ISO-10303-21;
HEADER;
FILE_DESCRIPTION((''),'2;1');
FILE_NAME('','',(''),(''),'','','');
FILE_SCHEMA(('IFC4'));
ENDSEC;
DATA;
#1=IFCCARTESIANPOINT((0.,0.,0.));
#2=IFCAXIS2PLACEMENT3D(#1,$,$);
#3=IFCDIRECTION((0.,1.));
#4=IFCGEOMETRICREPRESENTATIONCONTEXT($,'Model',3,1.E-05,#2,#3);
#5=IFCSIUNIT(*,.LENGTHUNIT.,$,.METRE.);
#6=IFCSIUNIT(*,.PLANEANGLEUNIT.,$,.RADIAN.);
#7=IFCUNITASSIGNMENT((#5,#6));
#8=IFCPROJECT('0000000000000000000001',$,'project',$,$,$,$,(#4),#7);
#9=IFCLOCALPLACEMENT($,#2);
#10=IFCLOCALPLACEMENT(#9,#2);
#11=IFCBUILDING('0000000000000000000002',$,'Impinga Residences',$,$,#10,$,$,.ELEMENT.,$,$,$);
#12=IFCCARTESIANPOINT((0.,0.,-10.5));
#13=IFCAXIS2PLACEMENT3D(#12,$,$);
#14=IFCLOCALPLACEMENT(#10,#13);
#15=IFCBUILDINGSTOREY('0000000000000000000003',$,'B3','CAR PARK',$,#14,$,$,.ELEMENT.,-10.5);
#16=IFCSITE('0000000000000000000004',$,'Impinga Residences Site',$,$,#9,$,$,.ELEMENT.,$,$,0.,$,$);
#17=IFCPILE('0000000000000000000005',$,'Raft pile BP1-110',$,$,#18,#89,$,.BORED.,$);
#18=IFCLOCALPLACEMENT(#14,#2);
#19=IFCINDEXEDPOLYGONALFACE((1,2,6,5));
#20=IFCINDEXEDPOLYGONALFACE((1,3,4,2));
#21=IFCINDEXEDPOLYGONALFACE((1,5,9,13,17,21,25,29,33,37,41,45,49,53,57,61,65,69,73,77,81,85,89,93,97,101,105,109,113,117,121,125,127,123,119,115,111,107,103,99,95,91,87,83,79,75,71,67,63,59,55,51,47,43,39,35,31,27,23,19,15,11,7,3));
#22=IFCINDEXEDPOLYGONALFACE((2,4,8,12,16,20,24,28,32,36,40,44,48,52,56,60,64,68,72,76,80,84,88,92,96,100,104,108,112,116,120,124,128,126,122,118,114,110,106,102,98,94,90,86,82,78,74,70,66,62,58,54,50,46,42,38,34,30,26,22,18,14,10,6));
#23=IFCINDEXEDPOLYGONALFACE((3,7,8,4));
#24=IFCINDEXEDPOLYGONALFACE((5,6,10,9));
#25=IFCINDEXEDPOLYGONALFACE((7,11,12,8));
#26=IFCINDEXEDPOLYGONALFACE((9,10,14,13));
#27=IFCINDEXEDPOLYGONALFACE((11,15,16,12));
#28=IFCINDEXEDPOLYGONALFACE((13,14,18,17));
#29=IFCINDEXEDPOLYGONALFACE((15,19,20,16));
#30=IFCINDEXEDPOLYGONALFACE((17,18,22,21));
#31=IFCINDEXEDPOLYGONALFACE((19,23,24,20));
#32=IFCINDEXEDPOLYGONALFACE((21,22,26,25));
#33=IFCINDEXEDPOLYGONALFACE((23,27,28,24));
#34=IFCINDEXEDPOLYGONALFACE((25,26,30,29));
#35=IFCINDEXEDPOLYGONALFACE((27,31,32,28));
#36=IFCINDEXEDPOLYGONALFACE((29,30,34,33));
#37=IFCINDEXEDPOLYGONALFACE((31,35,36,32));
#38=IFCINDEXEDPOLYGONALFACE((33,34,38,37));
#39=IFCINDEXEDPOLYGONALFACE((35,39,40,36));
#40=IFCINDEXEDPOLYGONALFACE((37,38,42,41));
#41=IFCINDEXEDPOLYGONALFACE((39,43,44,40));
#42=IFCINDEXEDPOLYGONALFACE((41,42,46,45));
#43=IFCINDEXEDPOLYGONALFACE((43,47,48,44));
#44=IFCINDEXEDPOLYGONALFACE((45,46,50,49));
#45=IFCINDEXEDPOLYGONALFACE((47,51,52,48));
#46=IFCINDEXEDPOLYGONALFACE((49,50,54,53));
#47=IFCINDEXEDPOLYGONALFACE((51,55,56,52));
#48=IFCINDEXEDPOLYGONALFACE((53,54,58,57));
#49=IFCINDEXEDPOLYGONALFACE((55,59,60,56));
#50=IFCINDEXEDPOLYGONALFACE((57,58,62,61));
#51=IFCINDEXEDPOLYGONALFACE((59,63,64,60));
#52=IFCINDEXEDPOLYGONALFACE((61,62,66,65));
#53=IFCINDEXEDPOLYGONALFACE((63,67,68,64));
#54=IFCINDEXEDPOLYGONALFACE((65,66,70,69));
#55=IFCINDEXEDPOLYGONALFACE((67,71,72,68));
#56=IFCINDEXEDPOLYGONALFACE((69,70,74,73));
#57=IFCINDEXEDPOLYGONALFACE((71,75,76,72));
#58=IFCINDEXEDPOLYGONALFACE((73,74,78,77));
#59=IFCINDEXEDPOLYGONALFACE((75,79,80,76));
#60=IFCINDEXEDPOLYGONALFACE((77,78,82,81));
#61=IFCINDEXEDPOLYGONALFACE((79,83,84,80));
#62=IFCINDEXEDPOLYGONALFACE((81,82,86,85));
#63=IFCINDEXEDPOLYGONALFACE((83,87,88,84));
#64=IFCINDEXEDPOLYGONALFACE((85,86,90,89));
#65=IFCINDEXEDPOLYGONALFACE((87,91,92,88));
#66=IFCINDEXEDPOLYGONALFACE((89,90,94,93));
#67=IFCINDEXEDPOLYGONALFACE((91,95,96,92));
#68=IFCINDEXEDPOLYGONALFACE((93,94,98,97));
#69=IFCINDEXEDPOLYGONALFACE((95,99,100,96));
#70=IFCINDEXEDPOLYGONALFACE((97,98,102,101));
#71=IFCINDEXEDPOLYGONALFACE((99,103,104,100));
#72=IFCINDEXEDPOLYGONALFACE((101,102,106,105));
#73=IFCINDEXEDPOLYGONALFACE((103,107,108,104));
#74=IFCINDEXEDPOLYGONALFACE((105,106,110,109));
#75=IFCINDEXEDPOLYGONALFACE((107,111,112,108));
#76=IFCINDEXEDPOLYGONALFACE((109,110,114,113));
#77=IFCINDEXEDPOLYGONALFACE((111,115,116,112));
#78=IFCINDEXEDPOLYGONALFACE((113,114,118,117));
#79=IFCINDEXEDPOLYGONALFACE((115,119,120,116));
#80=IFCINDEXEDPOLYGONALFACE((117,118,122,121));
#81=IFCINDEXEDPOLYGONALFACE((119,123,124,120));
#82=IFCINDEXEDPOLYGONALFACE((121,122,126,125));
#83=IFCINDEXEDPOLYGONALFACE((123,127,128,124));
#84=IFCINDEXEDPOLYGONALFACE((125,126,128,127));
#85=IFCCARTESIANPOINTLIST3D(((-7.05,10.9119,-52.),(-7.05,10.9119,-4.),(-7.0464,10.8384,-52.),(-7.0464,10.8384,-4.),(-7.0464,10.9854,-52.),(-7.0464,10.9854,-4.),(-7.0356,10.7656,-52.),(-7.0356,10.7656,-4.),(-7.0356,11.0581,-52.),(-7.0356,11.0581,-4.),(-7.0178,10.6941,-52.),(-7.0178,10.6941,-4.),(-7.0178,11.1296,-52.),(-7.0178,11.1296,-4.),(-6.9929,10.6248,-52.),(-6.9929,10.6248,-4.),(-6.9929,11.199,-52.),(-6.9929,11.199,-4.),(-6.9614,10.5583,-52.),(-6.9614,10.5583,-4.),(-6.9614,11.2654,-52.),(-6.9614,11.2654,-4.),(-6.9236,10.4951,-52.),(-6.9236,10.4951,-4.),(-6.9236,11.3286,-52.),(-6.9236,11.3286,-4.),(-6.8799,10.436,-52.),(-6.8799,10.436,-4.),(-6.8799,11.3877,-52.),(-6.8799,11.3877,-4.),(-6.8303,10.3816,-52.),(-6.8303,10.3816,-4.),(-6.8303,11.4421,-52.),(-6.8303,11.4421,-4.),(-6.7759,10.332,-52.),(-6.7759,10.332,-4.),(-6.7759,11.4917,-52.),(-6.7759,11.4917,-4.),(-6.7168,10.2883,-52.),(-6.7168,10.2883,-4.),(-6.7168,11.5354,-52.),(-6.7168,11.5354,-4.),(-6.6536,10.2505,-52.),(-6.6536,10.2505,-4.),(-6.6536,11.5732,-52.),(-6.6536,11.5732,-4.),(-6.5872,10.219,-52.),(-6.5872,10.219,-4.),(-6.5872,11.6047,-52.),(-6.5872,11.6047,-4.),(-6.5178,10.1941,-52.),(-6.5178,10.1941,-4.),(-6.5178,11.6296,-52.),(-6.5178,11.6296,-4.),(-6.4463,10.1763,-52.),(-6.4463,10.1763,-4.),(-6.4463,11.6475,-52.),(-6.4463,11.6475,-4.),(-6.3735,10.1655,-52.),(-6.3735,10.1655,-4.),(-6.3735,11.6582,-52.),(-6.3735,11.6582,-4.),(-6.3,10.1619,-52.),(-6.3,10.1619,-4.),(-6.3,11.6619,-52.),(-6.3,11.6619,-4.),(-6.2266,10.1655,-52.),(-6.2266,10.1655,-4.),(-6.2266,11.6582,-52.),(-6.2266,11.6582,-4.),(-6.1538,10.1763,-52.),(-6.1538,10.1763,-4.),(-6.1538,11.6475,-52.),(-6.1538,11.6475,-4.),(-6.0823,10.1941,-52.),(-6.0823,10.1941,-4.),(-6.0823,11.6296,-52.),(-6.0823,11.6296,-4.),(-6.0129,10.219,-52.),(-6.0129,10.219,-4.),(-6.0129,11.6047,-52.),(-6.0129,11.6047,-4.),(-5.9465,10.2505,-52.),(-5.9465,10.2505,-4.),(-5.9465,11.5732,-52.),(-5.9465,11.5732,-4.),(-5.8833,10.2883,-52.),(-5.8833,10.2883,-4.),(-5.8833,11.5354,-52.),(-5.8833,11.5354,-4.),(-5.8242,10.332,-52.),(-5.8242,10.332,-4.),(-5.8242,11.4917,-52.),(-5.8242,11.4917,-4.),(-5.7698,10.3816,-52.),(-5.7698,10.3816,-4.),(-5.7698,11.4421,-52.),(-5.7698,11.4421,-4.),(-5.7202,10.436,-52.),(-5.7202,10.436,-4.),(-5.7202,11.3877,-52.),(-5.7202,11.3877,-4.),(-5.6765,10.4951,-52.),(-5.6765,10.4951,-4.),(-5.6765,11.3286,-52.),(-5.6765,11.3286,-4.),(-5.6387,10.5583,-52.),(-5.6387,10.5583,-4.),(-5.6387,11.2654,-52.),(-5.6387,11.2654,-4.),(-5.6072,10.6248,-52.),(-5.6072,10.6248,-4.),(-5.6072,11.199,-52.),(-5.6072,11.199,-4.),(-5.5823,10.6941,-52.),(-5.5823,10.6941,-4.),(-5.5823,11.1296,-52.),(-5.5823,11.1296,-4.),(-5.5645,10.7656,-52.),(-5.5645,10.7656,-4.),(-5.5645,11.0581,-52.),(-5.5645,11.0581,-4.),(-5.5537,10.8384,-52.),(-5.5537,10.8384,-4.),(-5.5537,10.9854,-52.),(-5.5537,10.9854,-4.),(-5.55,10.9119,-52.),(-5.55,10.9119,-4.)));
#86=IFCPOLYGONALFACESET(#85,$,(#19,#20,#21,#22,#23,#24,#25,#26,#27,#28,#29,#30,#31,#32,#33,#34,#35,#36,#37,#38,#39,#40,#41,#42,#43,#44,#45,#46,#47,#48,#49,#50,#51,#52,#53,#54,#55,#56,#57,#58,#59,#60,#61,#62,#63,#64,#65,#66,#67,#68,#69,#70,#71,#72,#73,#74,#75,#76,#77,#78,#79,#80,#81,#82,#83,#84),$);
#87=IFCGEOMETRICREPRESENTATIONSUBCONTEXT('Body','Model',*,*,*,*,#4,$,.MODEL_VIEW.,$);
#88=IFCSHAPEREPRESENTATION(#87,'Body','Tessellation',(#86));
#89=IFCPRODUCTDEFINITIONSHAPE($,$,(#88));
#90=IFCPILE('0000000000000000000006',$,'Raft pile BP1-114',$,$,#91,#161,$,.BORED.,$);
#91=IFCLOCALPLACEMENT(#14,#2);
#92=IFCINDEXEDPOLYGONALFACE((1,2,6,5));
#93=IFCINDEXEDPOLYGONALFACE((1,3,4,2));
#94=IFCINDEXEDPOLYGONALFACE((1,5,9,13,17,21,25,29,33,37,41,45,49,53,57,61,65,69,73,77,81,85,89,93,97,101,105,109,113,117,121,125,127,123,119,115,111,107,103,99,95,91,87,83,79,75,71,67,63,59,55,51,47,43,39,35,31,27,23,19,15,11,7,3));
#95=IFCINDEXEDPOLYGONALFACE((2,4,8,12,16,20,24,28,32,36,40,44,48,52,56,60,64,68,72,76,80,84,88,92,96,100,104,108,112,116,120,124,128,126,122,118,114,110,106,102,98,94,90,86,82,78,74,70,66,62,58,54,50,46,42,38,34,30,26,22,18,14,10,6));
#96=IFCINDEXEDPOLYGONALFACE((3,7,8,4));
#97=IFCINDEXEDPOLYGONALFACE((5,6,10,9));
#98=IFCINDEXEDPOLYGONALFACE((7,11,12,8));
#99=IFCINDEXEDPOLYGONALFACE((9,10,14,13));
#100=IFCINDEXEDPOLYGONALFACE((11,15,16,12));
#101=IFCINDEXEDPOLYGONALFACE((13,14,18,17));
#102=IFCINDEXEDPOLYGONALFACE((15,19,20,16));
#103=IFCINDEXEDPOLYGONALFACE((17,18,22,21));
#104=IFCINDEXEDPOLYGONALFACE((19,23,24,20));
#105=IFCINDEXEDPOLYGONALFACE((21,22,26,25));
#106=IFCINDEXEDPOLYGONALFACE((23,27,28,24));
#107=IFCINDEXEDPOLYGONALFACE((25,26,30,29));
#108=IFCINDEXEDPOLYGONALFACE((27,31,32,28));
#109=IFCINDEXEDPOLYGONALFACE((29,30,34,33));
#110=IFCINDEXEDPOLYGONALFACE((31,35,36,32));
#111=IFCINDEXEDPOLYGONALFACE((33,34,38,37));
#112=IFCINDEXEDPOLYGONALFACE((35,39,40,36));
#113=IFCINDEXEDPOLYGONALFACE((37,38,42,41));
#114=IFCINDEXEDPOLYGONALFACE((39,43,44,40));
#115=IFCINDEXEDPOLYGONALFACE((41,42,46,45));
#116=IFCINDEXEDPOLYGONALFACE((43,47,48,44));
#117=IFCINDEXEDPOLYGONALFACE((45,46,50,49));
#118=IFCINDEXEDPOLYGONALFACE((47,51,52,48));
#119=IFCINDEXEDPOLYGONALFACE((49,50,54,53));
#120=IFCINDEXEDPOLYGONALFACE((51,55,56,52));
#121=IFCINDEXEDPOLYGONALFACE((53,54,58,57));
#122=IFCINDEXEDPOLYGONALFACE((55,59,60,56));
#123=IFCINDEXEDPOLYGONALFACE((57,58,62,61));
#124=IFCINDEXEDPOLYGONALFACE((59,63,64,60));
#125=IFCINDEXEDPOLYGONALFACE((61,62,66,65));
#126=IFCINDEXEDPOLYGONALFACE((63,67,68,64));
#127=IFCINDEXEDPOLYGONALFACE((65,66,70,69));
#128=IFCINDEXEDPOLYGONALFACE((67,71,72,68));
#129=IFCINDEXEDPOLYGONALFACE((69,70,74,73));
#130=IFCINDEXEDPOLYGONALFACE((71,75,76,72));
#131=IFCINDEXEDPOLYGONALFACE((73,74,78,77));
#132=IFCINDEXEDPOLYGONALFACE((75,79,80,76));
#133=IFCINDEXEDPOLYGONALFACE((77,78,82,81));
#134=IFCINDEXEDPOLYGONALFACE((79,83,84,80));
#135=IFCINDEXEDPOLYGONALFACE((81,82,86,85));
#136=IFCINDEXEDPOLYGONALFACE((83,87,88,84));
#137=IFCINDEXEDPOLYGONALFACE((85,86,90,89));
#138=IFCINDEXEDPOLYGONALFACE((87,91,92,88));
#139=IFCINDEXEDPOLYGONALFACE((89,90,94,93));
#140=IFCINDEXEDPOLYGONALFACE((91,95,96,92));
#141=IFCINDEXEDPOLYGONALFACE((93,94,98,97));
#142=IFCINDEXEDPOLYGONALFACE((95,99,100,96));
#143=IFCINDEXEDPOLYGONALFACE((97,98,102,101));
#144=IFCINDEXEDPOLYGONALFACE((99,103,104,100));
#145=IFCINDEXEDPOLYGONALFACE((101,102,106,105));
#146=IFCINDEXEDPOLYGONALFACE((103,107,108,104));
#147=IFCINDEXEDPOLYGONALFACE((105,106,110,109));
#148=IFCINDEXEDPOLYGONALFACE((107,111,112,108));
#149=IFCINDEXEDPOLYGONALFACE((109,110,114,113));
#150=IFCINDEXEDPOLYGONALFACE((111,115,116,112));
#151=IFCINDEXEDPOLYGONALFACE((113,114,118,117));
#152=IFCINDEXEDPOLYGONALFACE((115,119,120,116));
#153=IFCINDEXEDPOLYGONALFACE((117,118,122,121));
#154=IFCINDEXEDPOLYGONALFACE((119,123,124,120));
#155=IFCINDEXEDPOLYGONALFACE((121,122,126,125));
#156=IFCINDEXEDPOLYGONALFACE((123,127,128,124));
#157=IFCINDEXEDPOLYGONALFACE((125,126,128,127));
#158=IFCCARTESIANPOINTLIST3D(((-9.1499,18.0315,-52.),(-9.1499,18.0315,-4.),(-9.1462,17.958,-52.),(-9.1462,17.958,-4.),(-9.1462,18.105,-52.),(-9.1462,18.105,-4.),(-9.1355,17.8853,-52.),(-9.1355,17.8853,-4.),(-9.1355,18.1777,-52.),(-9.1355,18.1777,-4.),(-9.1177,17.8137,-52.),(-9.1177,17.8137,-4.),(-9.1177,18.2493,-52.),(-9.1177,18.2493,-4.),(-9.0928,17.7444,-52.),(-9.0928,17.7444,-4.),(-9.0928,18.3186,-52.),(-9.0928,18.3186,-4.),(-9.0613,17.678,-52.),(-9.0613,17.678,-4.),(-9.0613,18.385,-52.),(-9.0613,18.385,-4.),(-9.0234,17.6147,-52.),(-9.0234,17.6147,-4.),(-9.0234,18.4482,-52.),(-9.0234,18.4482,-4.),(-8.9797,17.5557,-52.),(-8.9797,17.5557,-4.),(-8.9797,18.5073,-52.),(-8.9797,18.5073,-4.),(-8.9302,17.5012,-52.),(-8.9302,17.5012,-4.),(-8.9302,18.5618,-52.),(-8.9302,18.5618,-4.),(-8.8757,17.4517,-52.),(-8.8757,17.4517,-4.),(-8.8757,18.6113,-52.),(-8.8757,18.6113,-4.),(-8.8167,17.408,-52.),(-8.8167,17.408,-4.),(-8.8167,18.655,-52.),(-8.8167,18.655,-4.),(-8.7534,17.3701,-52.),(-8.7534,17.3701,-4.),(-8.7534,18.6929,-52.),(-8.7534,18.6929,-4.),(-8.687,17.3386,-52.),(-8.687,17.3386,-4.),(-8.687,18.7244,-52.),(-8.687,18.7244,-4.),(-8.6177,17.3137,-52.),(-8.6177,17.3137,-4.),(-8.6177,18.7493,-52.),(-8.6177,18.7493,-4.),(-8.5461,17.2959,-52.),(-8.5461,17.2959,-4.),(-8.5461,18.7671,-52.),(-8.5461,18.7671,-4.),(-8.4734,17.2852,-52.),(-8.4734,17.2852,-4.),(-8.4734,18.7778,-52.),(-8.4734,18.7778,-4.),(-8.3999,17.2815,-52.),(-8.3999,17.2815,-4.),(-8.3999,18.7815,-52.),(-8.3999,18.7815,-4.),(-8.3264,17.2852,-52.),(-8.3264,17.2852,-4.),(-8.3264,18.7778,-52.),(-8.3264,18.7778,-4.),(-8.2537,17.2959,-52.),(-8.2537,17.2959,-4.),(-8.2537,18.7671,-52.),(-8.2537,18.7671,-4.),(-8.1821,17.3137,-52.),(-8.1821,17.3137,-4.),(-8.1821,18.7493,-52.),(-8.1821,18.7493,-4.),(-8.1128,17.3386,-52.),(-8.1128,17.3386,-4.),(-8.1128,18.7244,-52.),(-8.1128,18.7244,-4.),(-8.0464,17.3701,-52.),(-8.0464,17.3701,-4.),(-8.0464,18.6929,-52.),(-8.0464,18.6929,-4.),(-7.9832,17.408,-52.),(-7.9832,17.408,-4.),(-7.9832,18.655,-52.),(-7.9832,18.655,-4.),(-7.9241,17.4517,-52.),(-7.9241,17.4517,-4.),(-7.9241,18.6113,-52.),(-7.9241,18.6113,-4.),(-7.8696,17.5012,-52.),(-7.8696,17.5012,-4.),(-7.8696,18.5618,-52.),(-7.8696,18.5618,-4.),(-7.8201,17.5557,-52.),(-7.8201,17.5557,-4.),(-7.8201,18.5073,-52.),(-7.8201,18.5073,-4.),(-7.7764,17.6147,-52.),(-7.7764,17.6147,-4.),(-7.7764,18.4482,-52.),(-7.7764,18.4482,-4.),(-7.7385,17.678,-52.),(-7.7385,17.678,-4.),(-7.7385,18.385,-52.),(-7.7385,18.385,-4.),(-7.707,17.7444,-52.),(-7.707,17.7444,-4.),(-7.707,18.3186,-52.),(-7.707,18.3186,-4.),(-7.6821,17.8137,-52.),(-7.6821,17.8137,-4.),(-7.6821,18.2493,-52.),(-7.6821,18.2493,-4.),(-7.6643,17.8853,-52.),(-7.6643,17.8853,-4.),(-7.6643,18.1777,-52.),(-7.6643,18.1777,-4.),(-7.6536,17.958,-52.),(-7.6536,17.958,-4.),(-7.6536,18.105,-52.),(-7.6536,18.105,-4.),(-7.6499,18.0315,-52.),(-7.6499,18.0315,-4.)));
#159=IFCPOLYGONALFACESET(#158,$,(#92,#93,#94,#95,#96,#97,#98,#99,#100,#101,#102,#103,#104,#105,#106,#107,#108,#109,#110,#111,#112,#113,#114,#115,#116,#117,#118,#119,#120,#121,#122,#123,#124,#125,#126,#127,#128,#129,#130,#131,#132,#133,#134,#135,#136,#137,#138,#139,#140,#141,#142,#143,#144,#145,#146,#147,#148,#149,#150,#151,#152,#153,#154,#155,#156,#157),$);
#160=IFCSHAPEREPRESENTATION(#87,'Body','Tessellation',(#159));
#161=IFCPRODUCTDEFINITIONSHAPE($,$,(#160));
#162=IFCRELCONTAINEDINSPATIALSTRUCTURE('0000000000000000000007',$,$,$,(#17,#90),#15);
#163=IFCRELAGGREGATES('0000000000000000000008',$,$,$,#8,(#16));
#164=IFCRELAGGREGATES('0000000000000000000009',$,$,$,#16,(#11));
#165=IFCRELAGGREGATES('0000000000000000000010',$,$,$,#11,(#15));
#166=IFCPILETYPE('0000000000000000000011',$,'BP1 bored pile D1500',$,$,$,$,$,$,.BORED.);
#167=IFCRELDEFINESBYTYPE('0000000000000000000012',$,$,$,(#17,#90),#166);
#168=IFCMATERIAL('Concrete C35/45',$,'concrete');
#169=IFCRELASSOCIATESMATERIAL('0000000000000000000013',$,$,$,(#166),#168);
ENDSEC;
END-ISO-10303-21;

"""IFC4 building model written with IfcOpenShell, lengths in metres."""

from ifc_helpers import new_model, si_unit, direction, frame, origin, origin_2d, place, context, subcontext, project, spatial, polyline, circle, outline, extrude, material, material_profile, profile_set, type_object, element, save


model = new_model("IFC4")

# Units and contexts
model_context = context("Model", 3, precision=1e-05, world=origin(), true_north=direction((0.0, 1.0)))
body_context = subcontext(model_context, "Body", "Model", "MODEL_VIEW")
ifc_project = project(units=[si_unit("LENGTHUNIT", "METRE"), si_unit("PLANEANGLEUNIT", "RADIAN")], contexts=[model_context])

# Site, building, storey
site_placement = place(None, origin())
site = spatial("IfcSite", under=ifc_project, at=site_placement, Name="Impinga Residences Site", CompositionType="ELEMENT", RefElevation=0.0)
building_placement = place(site_placement, origin())
building = spatial("IfcBuilding", under=site, at=building_placement, Name="Impinga Residences", CompositionType="ELEMENT")
storey_placement = place(building_placement, frame((0.0, 0.0, -10.5)))
storey = spatial("IfcBuildingStorey", under=building, at=storey_placement, Name="B3", Description="CAR PARK", CompositionType="ELEMENT", Elevation=-10.5)

# Piles
ifc_material_1 = material(Name="Concrete C35/45", Category="concrete")
ifc_material_profile_1 = material_profile(ifc_material_1, circle(Radius=0.75, at=origin_2d()), Name="D1500")
ifc_profile_set_1 = profile_set([ifc_material_profile_1], Name="Concrete C35/45")
pile_type_1 = type_object("IfcPileType", Name="BP1 bored pile D1500", PredefinedType="BORED", material=ifc_profile_set_1)
pile_1_placement = place(storey_placement, frame((-6.3, 10.9119, -4.0), z_axis=(0.0, 0.0, -1.0), x_axis=(1.0, 0.0, 0.0)))
element("IfcPile", 1, at=pile_1_placement, inside=storey, type_object=pile_type_1, Name="Raft pile BP1-110", PredefinedType="BORED", context=body_context, shape_type="SweptSolid", body=[
    extrude(outline(polyline([(0.75, 0.0), (0.7463, 0.0735), (0.7356, 0.1462), (0.7178, 0.2178), (0.6929, 0.2871), (0.6614, 0.3535), (0.6235, 0.4167), (0.5798, 0.4758), (0.5303, 0.5303), (0.4758, 0.5798), (0.4167, 0.6235), (0.3535, 0.6614), (0.2871, 0.6929), (0.2178, 0.7178), (0.1462, 0.7356), (0.0735, 0.7463), (0.0, 0.75), (-0.0735, 0.7463), (-0.1462, 0.7356), (-0.2178, 0.7178), (-0.2871, 0.6929), (-0.3535, 0.6614), (-0.4167, 0.6235), (-0.4758, 0.5798), (-0.5303, 0.5303), (-0.5798, 0.4758), (-0.6235, 0.4167), (-0.6614, 0.3535), (-0.6929, 0.2871), (-0.7178, 0.2178), (-0.7356, 0.1462), (-0.7463, 0.0735), (-0.75, 0.0), (-0.7463, -0.0735), (-0.7356, -0.1462), (-0.7178, -0.2178), (-0.6929, -0.2871), (-0.6614, -0.3535), (-0.6235, -0.4167), (-0.5798, -0.4758), (-0.5303, -0.5303), (-0.4758, -0.5798), (-0.4167, -0.6235), (-0.3535, -0.6614), (-0.2871, -0.6929), (-0.2178, -0.7178), (-0.1462, -0.7356), (-0.0735, -0.7463), (0.0, -0.75), (0.0735, -0.7463), (0.1462, -0.7356), (0.2178, -0.7178), (0.2871, -0.6929), (0.3535, -0.6614), (0.4167, -0.6235), (0.4758, -0.5798), (0.5303, -0.5303), (0.5798, -0.4758), (0.6235, -0.4167), (0.6614, -0.3535), (0.6929, -0.2871), (0.7178, -0.2178), (0.7356, -0.1462), (0.7463, -0.0735), (0.75, 0.0)])), origin(), (0.0, 0.0, 1.0), 48.0),
])
pile_2_placement = place(storey_placement, frame((-8.3999, 18.0315, -4.0), z_axis=(0.0, 0.0, -1.0), x_axis=(1.0, 0.0, 0.0)))
element("IfcPile", 2, at=pile_2_placement, inside=storey, type_object=pile_type_1, Name="Raft pile BP1-114", PredefinedType="BORED", context=body_context, shape_type="SweptSolid", body=[
    extrude(outline(polyline([(0.75, 0.0), (0.7463, 0.0735), (0.7356, 0.1462), (0.7178, 0.2178), (0.6929, 0.2871), (0.6614, 0.3535), (0.6235, 0.4167), (0.5798, 0.4758), (0.5303, 0.5303), (0.4758, 0.5798), (0.4167, 0.6235), (0.3535, 0.6614), (0.2871, 0.6929), (0.2178, 0.7178), (0.1462, 0.7356), (0.0735, 0.7463), (0.0, 0.75), (-0.0735, 0.7463), (-0.1462, 0.7356), (-0.2178, 0.7178), (-0.2871, 0.6929), (-0.3535, 0.6614), (-0.4167, 0.6235), (-0.4758, 0.5798), (-0.5303, 0.5303), (-0.5798, 0.4758), (-0.6235, 0.4167), (-0.6614, 0.3535), (-0.6929, 0.2871), (-0.7178, 0.2178), (-0.7356, 0.1462), (-0.7463, 0.0735), (-0.75, 0.0), (-0.7463, -0.0735), (-0.7356, -0.1462), (-0.7178, -0.2178), (-0.6929, -0.2871), (-0.6614, -0.3535), (-0.6235, -0.4167), (-0.5798, -0.4758), (-0.5303, -0.5303), (-0.4758, -0.5798), (-0.4167, -0.6235), (-0.3535, -0.6614), (-0.2871, -0.6929), (-0.2178, -0.7178), (-0.1462, -0.7356), (-0.0735, -0.7463), (0.0, -0.75), (0.0735, -0.7463), (0.1462, -0.7356), (0.2178, -0.7178), (0.2871, -0.6929), (0.3535, -0.6614), (0.4167, -0.6235), (0.4758, -0.5798), (0.5303, -0.5303), (0.5798, -0.4758), (0.6235, -0.4167), (0.6614, -0.3535), (0.6929, -0.2871), (0.7178, -0.2178), (0.7356, -0.1462), (0.7463, -0.0735), (0.75, 0.0)])), origin(), (0.0, 0.0, 1.0), 48.0),
])

save(model, "model.ifc")
